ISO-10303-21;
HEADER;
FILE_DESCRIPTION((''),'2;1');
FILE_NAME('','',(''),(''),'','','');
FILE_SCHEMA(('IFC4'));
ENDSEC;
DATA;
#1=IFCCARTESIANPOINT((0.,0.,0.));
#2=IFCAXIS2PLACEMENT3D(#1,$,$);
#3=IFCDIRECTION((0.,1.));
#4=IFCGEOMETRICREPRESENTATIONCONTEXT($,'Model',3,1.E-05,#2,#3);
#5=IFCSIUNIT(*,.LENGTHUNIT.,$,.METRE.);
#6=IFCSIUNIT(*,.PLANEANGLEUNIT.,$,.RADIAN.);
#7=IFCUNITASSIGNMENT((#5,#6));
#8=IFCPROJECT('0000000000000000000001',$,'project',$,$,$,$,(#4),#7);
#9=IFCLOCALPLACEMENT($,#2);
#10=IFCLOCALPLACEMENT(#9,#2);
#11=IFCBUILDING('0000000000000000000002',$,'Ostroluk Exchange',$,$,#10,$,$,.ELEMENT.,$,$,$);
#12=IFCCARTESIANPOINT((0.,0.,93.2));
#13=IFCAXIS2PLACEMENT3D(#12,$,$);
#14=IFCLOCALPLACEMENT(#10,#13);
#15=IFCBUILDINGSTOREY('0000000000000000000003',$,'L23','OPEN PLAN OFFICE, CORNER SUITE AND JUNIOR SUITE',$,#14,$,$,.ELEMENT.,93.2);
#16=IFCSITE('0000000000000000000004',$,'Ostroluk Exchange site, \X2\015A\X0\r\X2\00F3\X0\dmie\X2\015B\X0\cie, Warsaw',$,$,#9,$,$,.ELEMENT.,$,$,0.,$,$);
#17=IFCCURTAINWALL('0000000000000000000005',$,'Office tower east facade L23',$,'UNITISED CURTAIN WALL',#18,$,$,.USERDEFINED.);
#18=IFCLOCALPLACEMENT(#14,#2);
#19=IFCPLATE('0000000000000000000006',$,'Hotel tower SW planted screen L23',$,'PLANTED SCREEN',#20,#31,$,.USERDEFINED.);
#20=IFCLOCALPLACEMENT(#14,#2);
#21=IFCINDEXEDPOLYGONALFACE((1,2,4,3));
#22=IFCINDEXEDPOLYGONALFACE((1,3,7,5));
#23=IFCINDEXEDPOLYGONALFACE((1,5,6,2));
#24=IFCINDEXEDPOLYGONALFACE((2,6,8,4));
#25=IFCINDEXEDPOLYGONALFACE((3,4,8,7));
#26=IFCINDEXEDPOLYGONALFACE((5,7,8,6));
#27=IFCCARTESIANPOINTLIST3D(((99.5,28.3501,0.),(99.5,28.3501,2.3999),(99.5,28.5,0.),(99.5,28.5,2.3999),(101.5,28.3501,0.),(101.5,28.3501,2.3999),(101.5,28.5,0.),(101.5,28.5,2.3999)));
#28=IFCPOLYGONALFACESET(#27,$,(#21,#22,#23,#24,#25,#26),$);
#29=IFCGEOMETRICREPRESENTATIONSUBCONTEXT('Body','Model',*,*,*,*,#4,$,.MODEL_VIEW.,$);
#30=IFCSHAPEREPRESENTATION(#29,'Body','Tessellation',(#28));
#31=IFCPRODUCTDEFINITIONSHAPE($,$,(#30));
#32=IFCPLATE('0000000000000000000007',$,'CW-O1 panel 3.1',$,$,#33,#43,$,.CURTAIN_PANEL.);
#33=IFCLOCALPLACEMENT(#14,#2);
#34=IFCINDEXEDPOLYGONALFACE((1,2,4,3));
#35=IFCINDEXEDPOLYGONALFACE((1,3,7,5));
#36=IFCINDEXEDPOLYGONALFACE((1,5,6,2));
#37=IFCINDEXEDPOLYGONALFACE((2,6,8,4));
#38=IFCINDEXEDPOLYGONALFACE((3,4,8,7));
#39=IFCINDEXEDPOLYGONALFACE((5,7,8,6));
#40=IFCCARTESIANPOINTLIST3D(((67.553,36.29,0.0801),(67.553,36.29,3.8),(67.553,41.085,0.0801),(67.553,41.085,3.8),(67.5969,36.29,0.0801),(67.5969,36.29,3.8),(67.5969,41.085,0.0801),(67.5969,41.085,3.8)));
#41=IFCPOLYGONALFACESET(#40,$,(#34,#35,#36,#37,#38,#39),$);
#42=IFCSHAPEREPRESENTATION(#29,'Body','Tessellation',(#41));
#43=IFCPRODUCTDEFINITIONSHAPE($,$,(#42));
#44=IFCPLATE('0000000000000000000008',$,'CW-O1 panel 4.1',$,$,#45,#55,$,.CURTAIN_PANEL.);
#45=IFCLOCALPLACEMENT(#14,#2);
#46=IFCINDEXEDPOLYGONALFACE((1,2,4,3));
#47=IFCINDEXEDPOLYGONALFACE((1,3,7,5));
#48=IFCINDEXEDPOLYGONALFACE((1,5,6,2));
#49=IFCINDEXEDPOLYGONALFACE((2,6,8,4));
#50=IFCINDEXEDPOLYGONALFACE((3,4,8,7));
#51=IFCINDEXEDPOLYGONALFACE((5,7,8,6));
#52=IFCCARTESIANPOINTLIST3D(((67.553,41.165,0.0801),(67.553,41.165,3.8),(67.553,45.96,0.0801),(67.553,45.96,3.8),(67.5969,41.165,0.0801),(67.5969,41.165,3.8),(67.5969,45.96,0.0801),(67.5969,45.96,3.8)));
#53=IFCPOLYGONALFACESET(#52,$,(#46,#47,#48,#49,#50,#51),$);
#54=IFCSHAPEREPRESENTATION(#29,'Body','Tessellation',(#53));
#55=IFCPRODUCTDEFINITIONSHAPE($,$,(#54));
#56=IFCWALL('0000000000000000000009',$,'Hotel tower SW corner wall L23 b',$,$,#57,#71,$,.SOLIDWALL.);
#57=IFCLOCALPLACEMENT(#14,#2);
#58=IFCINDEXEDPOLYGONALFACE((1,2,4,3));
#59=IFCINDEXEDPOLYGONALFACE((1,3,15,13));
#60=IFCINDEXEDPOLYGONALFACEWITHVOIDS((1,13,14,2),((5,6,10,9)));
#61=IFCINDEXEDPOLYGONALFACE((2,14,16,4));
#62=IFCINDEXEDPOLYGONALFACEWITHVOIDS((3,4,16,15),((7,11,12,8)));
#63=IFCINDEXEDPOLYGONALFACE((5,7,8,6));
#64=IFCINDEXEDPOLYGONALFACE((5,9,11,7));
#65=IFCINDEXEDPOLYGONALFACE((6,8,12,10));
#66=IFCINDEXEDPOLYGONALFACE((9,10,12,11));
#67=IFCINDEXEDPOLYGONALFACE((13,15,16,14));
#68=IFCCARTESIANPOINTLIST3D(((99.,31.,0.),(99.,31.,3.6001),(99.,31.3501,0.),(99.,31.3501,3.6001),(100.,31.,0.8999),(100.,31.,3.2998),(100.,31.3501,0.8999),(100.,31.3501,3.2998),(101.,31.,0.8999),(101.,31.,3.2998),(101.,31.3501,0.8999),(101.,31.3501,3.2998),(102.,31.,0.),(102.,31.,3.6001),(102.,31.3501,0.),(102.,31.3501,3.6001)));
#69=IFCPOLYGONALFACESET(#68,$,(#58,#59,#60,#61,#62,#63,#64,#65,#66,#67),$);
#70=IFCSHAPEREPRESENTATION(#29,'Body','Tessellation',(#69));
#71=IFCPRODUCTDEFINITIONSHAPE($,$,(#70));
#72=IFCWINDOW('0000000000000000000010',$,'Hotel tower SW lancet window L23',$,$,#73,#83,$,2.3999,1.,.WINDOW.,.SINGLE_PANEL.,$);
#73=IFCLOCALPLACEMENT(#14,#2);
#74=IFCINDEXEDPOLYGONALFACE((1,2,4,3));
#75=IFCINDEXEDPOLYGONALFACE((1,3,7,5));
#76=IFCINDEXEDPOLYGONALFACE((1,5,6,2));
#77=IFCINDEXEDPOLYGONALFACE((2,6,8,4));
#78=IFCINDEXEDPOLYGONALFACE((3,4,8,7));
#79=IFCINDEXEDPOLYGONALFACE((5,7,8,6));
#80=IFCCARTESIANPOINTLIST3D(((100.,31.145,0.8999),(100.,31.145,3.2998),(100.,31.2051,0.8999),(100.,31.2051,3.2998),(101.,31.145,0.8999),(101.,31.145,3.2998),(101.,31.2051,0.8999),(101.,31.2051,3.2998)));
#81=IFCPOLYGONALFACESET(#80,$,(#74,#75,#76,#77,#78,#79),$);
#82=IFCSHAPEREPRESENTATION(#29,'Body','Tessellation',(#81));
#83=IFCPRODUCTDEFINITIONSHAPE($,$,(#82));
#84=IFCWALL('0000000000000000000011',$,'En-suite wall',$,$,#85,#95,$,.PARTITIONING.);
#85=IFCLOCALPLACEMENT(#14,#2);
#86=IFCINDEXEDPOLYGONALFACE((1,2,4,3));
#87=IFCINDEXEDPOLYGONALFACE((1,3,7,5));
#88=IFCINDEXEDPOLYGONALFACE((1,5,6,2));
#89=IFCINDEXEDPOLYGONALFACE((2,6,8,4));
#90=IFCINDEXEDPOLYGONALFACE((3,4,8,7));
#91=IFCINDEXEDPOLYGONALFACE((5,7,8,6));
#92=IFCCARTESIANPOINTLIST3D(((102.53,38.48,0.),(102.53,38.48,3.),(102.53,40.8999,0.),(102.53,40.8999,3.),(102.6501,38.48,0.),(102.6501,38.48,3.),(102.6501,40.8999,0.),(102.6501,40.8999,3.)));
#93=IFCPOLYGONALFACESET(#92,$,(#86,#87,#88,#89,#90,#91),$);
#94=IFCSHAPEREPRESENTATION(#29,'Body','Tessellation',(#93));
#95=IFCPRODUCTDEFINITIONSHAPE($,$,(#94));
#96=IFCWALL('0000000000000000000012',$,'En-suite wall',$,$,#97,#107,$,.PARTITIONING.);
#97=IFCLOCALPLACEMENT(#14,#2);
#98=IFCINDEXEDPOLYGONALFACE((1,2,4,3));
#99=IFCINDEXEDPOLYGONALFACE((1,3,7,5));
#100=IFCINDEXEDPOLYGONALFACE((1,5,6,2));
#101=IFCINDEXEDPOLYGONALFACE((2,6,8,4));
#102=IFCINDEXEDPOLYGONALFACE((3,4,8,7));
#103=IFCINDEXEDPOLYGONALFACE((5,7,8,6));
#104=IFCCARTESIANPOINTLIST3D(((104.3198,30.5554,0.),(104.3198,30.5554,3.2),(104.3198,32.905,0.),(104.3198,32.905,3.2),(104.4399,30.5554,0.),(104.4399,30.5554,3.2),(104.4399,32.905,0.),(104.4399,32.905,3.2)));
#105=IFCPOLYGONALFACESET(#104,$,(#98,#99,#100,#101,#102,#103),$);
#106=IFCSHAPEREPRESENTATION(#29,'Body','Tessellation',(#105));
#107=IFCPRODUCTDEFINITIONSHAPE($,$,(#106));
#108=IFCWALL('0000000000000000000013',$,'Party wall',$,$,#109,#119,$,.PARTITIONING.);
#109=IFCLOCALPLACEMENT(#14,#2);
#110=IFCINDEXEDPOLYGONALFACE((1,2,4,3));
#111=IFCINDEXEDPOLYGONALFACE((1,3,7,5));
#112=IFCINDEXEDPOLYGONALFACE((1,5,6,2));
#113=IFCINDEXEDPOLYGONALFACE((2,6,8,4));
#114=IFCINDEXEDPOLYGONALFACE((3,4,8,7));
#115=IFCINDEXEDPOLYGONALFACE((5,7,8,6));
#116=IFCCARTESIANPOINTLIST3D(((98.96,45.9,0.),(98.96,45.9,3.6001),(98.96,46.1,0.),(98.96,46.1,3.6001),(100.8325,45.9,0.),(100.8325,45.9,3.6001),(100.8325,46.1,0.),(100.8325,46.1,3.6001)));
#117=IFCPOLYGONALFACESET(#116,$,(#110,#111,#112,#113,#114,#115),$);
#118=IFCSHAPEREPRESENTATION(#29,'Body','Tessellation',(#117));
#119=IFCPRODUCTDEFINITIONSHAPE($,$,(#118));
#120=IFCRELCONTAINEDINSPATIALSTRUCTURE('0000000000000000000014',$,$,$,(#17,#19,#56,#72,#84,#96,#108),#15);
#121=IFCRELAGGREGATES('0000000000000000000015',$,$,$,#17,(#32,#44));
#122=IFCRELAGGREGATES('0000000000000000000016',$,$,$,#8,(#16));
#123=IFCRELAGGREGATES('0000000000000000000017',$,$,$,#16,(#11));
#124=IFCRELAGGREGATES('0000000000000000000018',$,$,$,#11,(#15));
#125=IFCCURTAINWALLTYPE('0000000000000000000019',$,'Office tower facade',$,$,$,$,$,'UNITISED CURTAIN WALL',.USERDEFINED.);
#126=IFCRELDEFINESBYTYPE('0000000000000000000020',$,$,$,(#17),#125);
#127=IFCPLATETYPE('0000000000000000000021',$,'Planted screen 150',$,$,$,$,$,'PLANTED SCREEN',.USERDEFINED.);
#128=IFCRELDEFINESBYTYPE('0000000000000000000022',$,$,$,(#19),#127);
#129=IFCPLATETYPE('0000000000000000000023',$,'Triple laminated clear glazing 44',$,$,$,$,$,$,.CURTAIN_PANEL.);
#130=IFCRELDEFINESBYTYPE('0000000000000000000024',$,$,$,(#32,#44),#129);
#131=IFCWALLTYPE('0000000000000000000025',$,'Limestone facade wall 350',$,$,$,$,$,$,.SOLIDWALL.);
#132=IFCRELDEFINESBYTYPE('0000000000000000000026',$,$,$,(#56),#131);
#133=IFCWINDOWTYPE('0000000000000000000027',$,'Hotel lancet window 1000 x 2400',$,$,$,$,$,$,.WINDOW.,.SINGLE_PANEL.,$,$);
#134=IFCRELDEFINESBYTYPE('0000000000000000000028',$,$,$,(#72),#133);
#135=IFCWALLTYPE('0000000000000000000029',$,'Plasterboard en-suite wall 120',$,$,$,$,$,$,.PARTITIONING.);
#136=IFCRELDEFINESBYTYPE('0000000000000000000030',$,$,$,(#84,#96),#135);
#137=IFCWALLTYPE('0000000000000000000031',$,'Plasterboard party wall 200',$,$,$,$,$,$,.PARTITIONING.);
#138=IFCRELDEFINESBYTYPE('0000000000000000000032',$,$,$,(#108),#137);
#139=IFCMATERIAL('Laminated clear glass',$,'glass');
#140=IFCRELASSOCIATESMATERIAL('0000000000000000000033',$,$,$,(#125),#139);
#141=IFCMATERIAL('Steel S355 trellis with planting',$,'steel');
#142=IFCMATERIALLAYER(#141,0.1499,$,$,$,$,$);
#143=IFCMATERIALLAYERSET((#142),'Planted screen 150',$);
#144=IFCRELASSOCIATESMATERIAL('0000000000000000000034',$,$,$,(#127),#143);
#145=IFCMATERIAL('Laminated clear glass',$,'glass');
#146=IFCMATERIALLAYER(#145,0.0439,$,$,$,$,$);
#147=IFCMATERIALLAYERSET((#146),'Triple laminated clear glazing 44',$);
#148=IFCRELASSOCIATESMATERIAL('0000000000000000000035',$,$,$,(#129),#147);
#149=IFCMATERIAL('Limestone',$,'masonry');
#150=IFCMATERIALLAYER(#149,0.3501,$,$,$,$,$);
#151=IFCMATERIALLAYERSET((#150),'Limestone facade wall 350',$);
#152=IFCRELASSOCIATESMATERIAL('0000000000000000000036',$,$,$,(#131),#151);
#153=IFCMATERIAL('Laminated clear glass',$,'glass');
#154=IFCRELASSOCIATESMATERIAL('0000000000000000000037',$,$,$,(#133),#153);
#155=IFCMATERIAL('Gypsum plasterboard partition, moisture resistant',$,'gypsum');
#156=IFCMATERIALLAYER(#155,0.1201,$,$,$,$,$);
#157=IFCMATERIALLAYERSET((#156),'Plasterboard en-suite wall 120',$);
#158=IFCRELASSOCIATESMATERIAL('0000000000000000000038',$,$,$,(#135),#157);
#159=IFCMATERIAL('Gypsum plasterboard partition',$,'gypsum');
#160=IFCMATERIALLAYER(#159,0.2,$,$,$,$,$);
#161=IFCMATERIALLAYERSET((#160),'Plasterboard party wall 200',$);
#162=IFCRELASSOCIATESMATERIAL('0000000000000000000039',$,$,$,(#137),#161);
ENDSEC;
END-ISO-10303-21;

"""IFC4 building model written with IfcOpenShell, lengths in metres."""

from ifc_helpers import new_model, si_unit, direction, frame, frame_2d, origin, origin_2d, place, context, subcontext, project, spatial, rectangle, extrude, material, layer, layer_set, type_object, element, fill, aggregate, save


model = new_model("IFC4")

# Units and contexts
model_context = context("Model", 3, precision=1e-05, world=origin(), true_north=direction((0.0, 1.0)))
body_context = subcontext(model_context, "Body", "Model", "MODEL_VIEW")
ifc_project = project(units=[si_unit("LENGTHUNIT", "METRE"), si_unit("PLANEANGLEUNIT", "RADIAN")], contexts=[model_context])

# Site, building, storey
site_placement = place(None, origin())
site = spatial("IfcSite", under=ifc_project, at=site_placement, Name="Ostroluk Exchange site, Śródmieście, Warsaw", CompositionType="ELEMENT", RefElevation=0.0)
building_placement = place(site_placement, origin())
building = spatial("IfcBuilding", under=site, at=building_placement, Name="Ostroluk Exchange", CompositionType="ELEMENT")
storey_placement = place(building_placement, frame((0.0, 0.0, 93.2)))
storey = spatial("IfcBuildingStorey", under=building, at=storey_placement, Name="L23", Description="OPEN PLAN OFFICE, CORNER SUITE AND JUNIOR SUITE", CompositionType="ELEMENT", Elevation=93.2)

# Curtain wall
ifc_material_1 = material(Name="Laminated clear glass", Category="glass")
curtain_wall_type_1 = type_object("IfcCurtainWallType", Name="Office tower facade", ElementType="UNITISED CURTAIN WALL", PredefinedType="USERDEFINED", material=ifc_material_1)
curtain_wall_1_placement = place(storey_placement, origin())
curtain_wall_1 = element("IfcCurtainWall", 1, at=curtain_wall_1_placement, inside=storey, type_object=curtain_wall_type_1, Name="Office tower east facade L23", ObjectType="UNITISED CURTAIN WALL", PredefinedType="USERDEFINED")

# Plates
ifc_material_2 = material(Name="Steel S355 trellis with planting", Category="steel")
ifc_layer_1 = layer(ifc_material_2, 0.1499)
ifc_layer_set_1 = layer_set([ifc_layer_1], Name="Planted screen 150")
plate_type_1 = type_object("IfcPlateType", Name="Planted screen 150", ElementType="PLANTED SCREEN", PredefinedType="USERDEFINED", material=ifc_layer_set_1)
plate_1_placement = place(storey_placement, frame((100.5, 28.425, 0.0), z_axis=(0.0, 0.0, 1.0), x_axis=(1.0, 0.0, 0.0)))
element("IfcPlate", 2, at=plate_1_placement, inside=storey, type_object=plate_type_1, Name="Hotel tower SW planted screen L23", ObjectType="PLANTED SCREEN", PredefinedType="USERDEFINED", context=body_context, shape_type="SweptSolid", body=[
    extrude(rectangle(XDim=2.0, YDim=0.1499, at=origin_2d()), origin(), (0.0, 0.0, 1.0), 2.3999),
])
ifc_material_3 = material(Name="Laminated clear glass", Category="glass")
ifc_layer_2 = layer(ifc_material_3, 0.0439)
ifc_layer_set_2 = layer_set([ifc_layer_2], Name="Triple laminated clear glazing 44")
plate_type_2 = type_object("IfcPlateType", Name="Triple laminated clear glazing 44", PredefinedType="CURTAIN_PANEL", material=ifc_layer_set_2)
plate_2_placement = place(storey_placement, frame((67.575, 38.6875, 0.0801), z_axis=(0.0, 0.0, 1.0), x_axis=(0.0, 1.0, 0.0)))
plate_2 = element("IfcPlate", 3, at=plate_2_placement, type_object=plate_type_2, Name="CW-O1 panel 3.1", PredefinedType="CURTAIN_PANEL", context=body_context, shape_type="SweptSolid", body=[
    extrude(rectangle(XDim=4.7949, YDim=0.0439, at=origin_2d()), origin(), (0.0, 0.0, 1.0), 3.72),
])
plate_3_placement = place(storey_placement, frame((67.575, 43.5625, 0.0801), z_axis=(0.0, 0.0, 1.0), x_axis=(0.0, 1.0, 0.0)))
plate_3 = element("IfcPlate", 4, at=plate_3_placement, type_object=plate_type_2, Name="CW-O1 panel 4.1", PredefinedType="CURTAIN_PANEL", context=body_context, shape_type="SweptSolid", body=[
    extrude(rectangle(XDim=4.7949, YDim=0.0439, at=origin_2d()), origin(), (0.0, 0.0, 1.0), 3.72),
])
aggregate(curtain_wall_1, [plate_2, plate_3])

# Shared definitions
ifc_material_4 = material(Name="Limestone", Category="masonry")
ifc_layer_3 = layer(ifc_material_4, 0.3501)
ifc_layer_set_3 = layer_set([ifc_layer_3], Name="Limestone facade wall 350")
wall_type_1 = type_object("IfcWallType", Name="Limestone facade wall 350", PredefinedType="SOLIDWALL", material=ifc_layer_set_3)

# Wall, opening, window
wall_1_placement = place(storey_placement, frame((102.0, 31.175, 0.0), z_axis=(0.0, 0.0, 1.0), x_axis=(-1.0, 0.0, 0.0)))
wall_1 = element("IfcWall", 5, at=wall_1_placement, inside=storey, type_object=wall_type_1, Name="Hotel tower SW corner wall L23 b", PredefinedType="SOLIDWALL", context=body_context, shape_type="SweptSolid", body=[
    extrude(rectangle(XDim=3.0, YDim=0.3501, at=frame_2d((1.5, 0.0))), origin(), (0.0, 0.0, 1.0), 3.6001),
])
opening_1_placement = place(wall_1_placement, frame((1.0, 0.0, 0.8999)))
opening_1 = element("IfcOpeningElement", 6, at=opening_1_placement, cuts=wall_1, PredefinedType="OPENING", context=body_context, shape_type="SweptSolid", body=[
    extrude(rectangle(XDim=1.0, YDim=2.3999, at=frame_2d((0.5, 1.2))), frame((0.0, 0.1851, 0.0), z_axis=(0.0, -1.0, 0.0), x_axis=(1.0, 0.0, 0.0)), (0.0, 0.0, 1.0), 0.3701),
])
ifc_material_5 = material(Name="Laminated clear glass", Category="glass")
window_type = type_object("IfcWindowType", Name="Hotel lancet window 1000 x 2400", PartitioningType="SINGLE_PANEL", PredefinedType="WINDOW", material=ifc_material_5)
window_placement = place(opening_1_placement, origin())
window = element("IfcWindow", 7, at=window_placement, inside=storey, type_object=window_type, Name="Hotel tower SW lancet window L23", OverallHeight=2.3999, OverallWidth=1.0, PartitioningType="SINGLE_PANEL", PredefinedType="WINDOW", context=body_context, shape_type="SweptSolid", body=[
    extrude(rectangle(XDim=1.0, YDim=2.3999, at=frame_2d((0.5, 1.2))), frame((0.0, 0.03, 0.0), z_axis=(0.0, -1.0, 0.0), x_axis=(1.0, 0.0, 0.0)), (0.0, 0.0, 1.0), 0.0601),
])
fill(opening_1, window)

# Walls
ifc_material_6 = material(Name="Gypsum plasterboard partition, moisture resistant", Category="gypsum")
ifc_layer_4 = layer(ifc_material_6, 0.1201)
ifc_layer_set_4 = layer_set([ifc_layer_4], Name="Plasterboard en-suite wall 120")
wall_type_2 = type_object("IfcWallType", Name="Plasterboard en-suite wall 120", PredefinedType="PARTITIONING", material=ifc_layer_set_4)
wall_2_placement = place(storey_placement, frame((102.5901, 40.8999, 0.0), z_axis=(0.0, 0.0, 1.0), x_axis=(0.0, -1.0, 0.0)))
element("IfcWall", 8, at=wall_2_placement, inside=storey, type_object=wall_type_2, Name="En-suite wall", PredefinedType="PARTITIONING", context=body_context, shape_type="SweptSolid", body=[
    extrude(rectangle(XDim=2.4199, YDim=0.1201, at=frame_2d((1.21, 0.0))), origin(), (0.0, 0.0, 1.0), 3.0),
])
wall_3_placement = place(storey_placement, frame((104.3799, 32.905, 0.0), z_axis=(0.0, 0.0, 1.0), x_axis=(0.0, -1.0, 0.0)))
element("IfcWall", 9, at=wall_3_placement, inside=storey, type_object=wall_type_2, Name="En-suite wall", PredefinedType="PARTITIONING", context=body_context, shape_type="SweptSolid", body=[
    extrude(rectangle(XDim=2.3496, YDim=0.1201, at=frame_2d((1.1748, 0.0))), origin(), (0.0, 0.0, 1.0), 3.2),
])
ifc_material_7 = material(Name="Gypsum plasterboard partition", Category="gypsum")
ifc_layer_5 = layer(ifc_material_7, 0.2)
ifc_layer_set_5 = layer_set([ifc_layer_5], Name="Plasterboard party wall 200")
wall_type_3 = type_object("IfcWallType", Name="Plasterboard party wall 200", PredefinedType="PARTITIONING", material=ifc_layer_set_5)
wall_4_placement = place(storey_placement, frame((100.8325, 46.0, 0.0), z_axis=(0.0, 0.0, 1.0), x_axis=(-1.0, 0.0, 0.0)))
element("IfcWall", 10, at=wall_4_placement, inside=storey, type_object=wall_type_3, Name="Party wall", PredefinedType="PARTITIONING", context=body_context, shape_type="SweptSolid", body=[
    extrude(rectangle(XDim=1.8726, YDim=0.2, at=frame_2d((0.9363, 0.0))), origin(), (0.0, 0.0, 1.0), 3.6001),
])

save(model, "model.ifc")
